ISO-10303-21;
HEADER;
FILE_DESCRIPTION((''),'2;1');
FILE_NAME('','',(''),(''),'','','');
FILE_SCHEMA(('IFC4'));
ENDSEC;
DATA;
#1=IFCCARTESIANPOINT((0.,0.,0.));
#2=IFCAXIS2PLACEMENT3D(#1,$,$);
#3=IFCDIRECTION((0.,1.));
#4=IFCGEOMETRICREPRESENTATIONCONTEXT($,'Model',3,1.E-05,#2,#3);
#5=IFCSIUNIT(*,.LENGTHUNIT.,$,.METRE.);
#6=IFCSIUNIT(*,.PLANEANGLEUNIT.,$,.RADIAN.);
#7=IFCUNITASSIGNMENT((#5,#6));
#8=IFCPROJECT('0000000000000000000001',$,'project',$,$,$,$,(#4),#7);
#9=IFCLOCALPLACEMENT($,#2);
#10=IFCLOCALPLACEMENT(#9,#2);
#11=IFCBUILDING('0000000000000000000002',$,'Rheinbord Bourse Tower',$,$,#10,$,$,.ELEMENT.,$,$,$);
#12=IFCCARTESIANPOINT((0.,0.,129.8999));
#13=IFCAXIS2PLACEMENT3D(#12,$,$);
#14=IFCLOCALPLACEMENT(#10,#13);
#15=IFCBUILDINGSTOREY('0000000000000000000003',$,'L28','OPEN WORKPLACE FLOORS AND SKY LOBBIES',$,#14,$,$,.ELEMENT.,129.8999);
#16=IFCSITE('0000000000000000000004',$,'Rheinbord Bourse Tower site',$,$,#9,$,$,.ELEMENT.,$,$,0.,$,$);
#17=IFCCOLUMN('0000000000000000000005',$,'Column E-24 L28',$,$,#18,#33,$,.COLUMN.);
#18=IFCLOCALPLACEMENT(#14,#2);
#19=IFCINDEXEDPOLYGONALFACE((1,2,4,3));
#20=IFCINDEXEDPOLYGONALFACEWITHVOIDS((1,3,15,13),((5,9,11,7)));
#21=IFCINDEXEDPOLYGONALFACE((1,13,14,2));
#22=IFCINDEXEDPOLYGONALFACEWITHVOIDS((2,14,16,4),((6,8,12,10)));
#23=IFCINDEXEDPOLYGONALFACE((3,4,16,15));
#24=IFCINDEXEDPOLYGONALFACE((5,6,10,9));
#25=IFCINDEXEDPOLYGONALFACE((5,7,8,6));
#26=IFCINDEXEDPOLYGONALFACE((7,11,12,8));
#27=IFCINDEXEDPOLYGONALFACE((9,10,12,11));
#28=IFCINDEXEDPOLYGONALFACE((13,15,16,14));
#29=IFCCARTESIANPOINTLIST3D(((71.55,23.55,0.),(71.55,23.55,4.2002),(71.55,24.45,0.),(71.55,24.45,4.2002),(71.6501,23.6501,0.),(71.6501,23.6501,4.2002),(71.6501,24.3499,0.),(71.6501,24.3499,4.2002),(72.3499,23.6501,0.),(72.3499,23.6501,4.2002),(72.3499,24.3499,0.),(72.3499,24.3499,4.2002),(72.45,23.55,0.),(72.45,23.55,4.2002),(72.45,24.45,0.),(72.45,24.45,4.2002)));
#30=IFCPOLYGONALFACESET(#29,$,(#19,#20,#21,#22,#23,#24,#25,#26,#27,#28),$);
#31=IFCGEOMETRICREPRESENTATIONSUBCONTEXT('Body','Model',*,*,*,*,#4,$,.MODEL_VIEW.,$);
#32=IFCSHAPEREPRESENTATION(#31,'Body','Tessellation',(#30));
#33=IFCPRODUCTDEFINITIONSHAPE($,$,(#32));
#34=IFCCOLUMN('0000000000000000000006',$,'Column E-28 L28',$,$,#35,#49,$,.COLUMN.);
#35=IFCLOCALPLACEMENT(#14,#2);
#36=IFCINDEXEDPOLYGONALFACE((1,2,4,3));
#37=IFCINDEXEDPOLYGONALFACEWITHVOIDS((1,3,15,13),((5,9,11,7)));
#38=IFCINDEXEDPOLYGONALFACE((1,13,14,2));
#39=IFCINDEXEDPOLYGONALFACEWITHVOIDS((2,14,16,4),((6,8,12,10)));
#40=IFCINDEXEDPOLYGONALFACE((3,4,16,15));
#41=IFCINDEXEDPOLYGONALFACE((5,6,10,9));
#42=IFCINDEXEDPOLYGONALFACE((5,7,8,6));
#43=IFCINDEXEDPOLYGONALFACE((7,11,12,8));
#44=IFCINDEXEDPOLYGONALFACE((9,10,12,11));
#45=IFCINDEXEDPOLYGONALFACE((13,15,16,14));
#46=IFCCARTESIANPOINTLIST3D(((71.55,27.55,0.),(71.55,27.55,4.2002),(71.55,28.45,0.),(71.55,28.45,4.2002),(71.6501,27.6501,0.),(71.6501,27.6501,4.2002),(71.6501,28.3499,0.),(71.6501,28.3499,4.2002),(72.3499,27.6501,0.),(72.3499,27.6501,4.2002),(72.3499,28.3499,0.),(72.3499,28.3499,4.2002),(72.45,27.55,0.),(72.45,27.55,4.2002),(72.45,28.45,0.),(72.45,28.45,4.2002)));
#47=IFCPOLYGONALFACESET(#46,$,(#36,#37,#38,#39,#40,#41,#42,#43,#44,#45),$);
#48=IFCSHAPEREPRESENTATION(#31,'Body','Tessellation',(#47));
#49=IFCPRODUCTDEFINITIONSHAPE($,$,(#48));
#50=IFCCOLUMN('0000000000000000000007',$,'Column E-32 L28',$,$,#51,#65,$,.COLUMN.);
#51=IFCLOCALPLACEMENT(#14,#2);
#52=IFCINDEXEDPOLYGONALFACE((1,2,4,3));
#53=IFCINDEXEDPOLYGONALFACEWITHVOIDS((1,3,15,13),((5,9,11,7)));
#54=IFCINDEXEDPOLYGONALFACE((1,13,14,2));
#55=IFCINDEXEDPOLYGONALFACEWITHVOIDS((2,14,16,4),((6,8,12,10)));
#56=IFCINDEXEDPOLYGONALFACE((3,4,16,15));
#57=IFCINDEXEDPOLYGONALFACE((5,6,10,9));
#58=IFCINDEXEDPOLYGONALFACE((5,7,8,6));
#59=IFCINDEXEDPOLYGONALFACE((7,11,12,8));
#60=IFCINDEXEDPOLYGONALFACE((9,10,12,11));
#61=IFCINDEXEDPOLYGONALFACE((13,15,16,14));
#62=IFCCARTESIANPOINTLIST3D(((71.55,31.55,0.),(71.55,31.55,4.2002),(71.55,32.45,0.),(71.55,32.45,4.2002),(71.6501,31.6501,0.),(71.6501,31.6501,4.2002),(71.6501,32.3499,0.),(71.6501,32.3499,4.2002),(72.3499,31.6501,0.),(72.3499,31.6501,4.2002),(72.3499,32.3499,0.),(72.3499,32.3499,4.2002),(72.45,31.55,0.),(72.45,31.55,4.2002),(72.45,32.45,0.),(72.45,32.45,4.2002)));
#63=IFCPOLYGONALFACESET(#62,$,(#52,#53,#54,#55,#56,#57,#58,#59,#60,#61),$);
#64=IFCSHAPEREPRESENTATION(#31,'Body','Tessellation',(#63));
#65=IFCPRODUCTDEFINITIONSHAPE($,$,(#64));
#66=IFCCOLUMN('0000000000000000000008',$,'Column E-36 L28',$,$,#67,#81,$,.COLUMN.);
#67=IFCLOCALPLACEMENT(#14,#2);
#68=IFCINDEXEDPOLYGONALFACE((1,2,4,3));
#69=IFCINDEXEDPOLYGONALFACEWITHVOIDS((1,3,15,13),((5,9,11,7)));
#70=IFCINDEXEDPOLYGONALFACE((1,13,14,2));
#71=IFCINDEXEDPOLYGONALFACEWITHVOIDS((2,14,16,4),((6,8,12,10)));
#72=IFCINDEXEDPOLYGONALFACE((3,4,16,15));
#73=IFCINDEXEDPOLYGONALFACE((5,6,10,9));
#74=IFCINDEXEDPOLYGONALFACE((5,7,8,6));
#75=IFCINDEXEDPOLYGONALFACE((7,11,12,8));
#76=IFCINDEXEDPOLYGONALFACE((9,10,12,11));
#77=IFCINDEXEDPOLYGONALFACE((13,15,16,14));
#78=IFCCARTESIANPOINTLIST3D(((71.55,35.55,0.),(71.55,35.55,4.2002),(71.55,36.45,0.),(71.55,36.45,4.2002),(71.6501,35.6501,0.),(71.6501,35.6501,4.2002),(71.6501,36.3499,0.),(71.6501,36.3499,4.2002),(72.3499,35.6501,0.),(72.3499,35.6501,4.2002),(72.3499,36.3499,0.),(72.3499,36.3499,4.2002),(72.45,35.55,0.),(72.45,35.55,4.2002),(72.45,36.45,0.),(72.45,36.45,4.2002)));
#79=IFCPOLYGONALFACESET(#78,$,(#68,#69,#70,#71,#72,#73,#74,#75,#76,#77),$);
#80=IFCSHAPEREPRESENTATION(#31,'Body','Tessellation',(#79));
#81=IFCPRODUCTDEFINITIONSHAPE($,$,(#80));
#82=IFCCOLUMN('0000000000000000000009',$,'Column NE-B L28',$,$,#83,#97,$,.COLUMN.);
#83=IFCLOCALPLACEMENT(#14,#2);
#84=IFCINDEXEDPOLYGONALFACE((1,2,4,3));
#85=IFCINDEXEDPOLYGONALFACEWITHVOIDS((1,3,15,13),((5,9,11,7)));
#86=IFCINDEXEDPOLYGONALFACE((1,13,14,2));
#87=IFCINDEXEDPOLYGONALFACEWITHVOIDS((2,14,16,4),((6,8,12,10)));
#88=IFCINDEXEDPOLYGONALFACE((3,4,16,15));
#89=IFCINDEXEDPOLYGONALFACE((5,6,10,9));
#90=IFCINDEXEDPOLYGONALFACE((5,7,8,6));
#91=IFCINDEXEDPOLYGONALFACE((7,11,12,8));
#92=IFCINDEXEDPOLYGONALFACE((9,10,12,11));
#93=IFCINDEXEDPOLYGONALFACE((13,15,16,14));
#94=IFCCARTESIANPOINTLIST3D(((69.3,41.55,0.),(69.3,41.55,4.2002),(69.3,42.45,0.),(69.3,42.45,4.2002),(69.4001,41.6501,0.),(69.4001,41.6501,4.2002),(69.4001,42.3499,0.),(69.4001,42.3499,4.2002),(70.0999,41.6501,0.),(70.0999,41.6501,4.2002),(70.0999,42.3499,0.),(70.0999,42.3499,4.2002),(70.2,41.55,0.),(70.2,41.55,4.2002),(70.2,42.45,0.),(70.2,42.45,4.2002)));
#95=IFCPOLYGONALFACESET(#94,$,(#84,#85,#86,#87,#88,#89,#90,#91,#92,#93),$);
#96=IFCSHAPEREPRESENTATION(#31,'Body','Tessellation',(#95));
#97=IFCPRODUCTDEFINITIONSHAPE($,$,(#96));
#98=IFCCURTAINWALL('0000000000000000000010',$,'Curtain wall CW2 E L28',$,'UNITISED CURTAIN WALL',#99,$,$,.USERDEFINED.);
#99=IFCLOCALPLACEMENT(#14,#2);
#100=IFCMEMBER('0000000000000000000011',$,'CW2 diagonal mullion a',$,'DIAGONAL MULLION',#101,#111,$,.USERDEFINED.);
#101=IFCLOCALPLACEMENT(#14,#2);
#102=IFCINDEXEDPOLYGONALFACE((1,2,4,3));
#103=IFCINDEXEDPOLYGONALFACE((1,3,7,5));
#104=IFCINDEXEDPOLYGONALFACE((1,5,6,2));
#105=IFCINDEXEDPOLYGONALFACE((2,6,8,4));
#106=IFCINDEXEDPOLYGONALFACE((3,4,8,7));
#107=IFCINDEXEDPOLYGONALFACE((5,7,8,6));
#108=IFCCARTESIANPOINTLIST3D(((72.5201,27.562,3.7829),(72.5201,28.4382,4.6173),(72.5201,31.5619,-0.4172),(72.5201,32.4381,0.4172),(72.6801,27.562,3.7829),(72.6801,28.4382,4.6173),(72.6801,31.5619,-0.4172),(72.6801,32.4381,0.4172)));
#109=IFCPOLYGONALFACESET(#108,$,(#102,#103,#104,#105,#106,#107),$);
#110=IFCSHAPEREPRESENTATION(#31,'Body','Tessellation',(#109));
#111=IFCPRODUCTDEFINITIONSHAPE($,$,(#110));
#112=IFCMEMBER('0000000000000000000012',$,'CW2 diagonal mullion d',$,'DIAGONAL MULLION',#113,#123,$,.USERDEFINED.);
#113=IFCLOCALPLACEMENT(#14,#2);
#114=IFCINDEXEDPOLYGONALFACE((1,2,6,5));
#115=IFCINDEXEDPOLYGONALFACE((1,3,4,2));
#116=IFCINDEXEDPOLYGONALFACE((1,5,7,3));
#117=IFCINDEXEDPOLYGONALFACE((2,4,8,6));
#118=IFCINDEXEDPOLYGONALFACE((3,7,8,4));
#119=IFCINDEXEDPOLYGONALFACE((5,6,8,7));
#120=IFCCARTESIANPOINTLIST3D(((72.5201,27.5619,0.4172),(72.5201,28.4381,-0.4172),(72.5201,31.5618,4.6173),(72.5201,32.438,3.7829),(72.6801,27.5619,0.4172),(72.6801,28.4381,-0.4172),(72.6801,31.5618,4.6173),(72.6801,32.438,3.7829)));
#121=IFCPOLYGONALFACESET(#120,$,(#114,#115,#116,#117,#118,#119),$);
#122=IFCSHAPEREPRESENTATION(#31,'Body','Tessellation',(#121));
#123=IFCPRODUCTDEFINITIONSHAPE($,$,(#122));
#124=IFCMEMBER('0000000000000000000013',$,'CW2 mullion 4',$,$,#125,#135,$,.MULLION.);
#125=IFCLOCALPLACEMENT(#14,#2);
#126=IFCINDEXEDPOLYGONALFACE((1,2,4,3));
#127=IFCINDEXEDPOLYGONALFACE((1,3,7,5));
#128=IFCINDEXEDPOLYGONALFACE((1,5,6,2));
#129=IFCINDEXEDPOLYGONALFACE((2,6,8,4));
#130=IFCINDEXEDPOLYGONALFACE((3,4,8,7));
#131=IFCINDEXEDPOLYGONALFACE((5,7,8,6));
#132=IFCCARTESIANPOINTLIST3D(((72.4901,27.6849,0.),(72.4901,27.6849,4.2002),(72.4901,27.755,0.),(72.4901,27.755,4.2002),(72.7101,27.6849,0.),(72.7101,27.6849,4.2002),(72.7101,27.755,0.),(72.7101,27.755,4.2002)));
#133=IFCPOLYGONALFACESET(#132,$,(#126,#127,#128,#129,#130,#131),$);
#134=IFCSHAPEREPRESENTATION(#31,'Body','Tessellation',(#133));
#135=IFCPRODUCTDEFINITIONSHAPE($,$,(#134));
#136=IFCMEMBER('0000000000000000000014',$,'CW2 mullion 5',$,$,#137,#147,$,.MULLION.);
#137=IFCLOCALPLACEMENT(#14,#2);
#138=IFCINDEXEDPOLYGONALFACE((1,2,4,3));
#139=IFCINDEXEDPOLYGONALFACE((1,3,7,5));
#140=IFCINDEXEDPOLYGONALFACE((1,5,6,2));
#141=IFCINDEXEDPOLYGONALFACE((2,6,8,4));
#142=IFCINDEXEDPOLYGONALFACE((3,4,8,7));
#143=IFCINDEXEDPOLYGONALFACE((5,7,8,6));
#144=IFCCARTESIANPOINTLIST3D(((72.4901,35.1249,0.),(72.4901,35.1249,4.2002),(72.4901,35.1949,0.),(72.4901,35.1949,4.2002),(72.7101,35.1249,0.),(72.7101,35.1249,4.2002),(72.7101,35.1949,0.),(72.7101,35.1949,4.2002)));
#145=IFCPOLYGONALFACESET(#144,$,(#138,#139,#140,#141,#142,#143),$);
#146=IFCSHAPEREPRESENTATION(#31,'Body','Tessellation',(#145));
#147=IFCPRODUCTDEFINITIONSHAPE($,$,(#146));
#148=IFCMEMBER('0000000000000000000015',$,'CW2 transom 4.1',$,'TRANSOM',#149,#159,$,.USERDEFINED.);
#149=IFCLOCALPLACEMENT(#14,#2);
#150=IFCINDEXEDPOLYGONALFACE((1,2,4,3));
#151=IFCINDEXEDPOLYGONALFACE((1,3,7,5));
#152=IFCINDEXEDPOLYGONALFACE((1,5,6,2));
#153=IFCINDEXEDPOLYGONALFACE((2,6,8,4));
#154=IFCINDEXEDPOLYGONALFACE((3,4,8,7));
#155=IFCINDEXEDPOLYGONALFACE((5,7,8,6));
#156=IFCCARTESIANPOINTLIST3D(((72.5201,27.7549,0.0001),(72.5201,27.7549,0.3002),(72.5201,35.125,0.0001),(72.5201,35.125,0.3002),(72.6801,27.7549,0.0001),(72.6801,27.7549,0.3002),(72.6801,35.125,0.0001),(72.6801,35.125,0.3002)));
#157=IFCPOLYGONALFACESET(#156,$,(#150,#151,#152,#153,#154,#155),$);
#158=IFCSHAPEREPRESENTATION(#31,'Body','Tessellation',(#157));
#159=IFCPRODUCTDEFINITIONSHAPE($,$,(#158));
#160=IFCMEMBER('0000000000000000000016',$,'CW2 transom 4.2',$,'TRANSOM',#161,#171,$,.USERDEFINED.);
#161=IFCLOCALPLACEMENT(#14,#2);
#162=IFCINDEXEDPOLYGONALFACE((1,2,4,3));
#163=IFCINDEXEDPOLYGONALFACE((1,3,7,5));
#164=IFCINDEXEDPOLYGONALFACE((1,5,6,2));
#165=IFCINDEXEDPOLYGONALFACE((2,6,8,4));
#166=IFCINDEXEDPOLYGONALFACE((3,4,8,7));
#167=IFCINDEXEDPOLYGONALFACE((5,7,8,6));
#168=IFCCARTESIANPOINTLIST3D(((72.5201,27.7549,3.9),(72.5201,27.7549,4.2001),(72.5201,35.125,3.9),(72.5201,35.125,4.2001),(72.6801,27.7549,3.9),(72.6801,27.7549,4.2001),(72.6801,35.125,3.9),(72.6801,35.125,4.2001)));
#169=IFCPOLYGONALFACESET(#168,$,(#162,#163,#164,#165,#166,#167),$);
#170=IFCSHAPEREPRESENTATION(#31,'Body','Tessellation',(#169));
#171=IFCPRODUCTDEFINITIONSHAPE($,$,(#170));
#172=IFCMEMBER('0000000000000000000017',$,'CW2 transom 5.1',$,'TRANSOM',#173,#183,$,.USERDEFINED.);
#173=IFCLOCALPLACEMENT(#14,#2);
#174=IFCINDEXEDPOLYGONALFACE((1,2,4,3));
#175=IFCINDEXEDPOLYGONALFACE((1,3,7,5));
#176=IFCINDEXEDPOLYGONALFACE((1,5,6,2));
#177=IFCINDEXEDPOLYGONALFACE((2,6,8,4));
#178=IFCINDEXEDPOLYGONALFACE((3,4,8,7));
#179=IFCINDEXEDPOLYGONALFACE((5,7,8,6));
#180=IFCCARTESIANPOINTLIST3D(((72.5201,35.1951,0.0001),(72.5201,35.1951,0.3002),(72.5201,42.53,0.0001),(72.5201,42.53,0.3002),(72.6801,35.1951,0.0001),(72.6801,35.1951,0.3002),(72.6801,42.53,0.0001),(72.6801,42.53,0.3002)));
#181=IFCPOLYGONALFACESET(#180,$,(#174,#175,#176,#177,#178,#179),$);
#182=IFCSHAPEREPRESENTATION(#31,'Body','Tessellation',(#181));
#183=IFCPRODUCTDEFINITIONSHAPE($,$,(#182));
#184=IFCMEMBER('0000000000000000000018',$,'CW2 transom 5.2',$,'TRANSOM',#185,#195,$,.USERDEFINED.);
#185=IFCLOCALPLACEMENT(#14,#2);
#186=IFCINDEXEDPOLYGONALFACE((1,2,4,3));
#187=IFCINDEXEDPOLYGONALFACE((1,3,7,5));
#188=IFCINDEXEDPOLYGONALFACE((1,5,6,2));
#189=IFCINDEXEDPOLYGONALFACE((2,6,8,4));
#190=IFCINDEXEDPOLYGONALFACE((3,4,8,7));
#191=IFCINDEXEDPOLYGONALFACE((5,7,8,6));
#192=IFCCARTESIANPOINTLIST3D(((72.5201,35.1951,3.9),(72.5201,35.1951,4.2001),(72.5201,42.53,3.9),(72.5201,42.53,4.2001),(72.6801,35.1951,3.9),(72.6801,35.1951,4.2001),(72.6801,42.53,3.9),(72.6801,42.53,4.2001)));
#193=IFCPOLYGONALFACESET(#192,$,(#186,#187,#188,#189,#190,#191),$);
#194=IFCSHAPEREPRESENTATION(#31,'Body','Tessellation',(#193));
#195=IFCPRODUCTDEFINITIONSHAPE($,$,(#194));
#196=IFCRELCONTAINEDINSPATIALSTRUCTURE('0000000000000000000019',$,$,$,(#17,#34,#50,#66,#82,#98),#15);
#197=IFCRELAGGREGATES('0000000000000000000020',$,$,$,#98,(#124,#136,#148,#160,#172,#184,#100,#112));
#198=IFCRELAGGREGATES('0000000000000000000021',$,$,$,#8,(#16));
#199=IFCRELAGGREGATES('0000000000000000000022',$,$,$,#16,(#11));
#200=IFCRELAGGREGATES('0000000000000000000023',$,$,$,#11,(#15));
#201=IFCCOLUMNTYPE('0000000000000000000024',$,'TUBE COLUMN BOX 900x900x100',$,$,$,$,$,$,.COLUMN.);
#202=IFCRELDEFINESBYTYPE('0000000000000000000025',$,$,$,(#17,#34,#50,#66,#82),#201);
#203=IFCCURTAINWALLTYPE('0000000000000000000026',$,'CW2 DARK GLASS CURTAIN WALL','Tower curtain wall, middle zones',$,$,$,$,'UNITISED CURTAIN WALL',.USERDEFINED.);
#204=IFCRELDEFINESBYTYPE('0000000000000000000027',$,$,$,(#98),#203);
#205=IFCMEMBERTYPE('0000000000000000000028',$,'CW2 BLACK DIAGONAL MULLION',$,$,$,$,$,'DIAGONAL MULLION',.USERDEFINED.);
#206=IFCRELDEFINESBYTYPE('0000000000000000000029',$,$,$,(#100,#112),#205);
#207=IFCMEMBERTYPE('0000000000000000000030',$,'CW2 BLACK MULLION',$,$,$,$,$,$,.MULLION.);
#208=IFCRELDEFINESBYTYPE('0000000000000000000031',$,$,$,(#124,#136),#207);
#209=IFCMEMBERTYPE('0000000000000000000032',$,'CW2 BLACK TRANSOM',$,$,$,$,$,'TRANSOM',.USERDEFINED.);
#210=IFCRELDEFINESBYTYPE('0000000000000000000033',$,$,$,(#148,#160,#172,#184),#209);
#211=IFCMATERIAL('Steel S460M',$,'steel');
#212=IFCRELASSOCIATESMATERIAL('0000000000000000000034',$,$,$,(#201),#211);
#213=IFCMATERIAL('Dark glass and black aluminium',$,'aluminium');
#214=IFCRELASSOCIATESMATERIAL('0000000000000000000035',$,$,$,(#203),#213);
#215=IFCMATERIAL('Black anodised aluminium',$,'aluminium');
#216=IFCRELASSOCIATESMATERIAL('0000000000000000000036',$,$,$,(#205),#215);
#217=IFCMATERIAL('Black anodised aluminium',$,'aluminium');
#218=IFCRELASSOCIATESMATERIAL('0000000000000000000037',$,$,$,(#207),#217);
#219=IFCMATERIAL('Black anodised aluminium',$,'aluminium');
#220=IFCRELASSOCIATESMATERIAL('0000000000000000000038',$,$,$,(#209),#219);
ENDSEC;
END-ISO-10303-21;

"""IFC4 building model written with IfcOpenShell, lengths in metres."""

from ifc_helpers import new_model, si_unit, direction, frame, origin, origin_2d, place, context, subcontext, project, spatial, rectangle, hollow_rectangle, extrude, material, material_profile, profile_set, type_object, element, aggregate, save


model = new_model("IFC4")

# Units and contexts
model_context = context("Model", 3, precision=1e-05, world=origin(), true_north=direction((0.0, 1.0)))
body_context = subcontext(model_context, "Body", "Model", "MODEL_VIEW")
ifc_project = project(units=[si_unit("LENGTHUNIT", "METRE"), si_unit("PLANEANGLEUNIT", "RADIAN")], contexts=[model_context])

# Site, building, storey
site_placement = place(None, origin())
site = spatial("IfcSite", under=ifc_project, at=site_placement, Name="Rheinbord Bourse Tower site", CompositionType="ELEMENT", RefElevation=0.0)
building_placement = place(site_placement, origin())
building = spatial("IfcBuilding", under=site, at=building_placement, Name="Rheinbord Bourse Tower", CompositionType="ELEMENT")
storey_placement = place(building_placement, frame((0.0, 0.0, 129.8999)))
storey = spatial("IfcBuildingStorey", under=building, at=storey_placement, Name="L28", Description="OPEN WORKPLACE FLOORS AND SKY LOBBIES", CompositionType="ELEMENT", Elevation=129.8999)

# Columns
ifc_material_1 = material(Name="Steel S460M", Category="steel")
ifc_material_profile_1 = material_profile(ifc_material_1, hollow_rectangle(XDim=0.8999, YDim=0.8999, WallThickness=0.1001, at=origin_2d()), Name="BOX 900x900x100")
ifc_profile_set_1 = profile_set([ifc_material_profile_1], Name="Steel S460M")
column_type = type_object("IfcColumnType", Name="TUBE COLUMN BOX 900x900x100", PredefinedType="COLUMN", material=ifc_profile_set_1)
for number, where, z_axis, x_axis, name in (
    (1, (72.0, 24.0, 0.0), (0.0, 0.0, 1.0), (1.0, 0.0, 0.0), "Column E-24 L28"),
    (2, (72.0, 28.0, 0.0), (0.0, 0.0, 1.0), (1.0, 0.0, 0.0), "Column E-28 L28"),
    (3, (72.0, 32.0, 0.0), (0.0, 0.0, 1.0), (1.0, 0.0, 0.0), "Column E-32 L28"),
    (4, (72.0, 36.0, 0.0), (0.0, 0.0, 1.0), (1.0, 0.0, 0.0), "Column E-36 L28"),
    (5, (69.75, 42.0, 0.0), (0.0, 0.0, 1.0), (1.0, 0.0, 0.0), "Column NE-B L28"),
):
    element("IfcColumn", number, at=place(storey_placement, frame(where, z_axis=z_axis, x_axis=x_axis)), inside=storey, type_object=column_type, Name=name, PredefinedType="COLUMN", context=body_context, shape_type="SweptSolid", body=[
        extrude(hollow_rectangle(XDim=0.8999, YDim=0.8999, WallThickness=0.1001, at=origin_2d()), origin(), (0.0, 0.0, 1.0), 4.2002),
    ])

# Curtain wall, members
ifc_material_2 = material(Name="Dark glass and black aluminium", Category="aluminium")
curtain_wall_type = type_object("IfcCurtainWallType", Name="CW2 DARK GLASS CURTAIN WALL", Description="Tower curtain wall, middle zones", ElementType="UNITISED CURTAIN WALL", PredefinedType="USERDEFINED", material=ifc_material_2)
curtain_wall_placement = place(storey_placement, origin())
curtain_wall = element("IfcCurtainWall", 6, at=curtain_wall_placement, inside=storey, type_object=curtain_wall_type, Name="Curtain wall CW2 E L28", ObjectType="UNITISED CURTAIN WALL", PredefinedType="USERDEFINED")
ifc_material_3 = material(Name="Black anodised aluminium", Category="aluminium")
ifc_material_profile_2 = material_profile(ifc_material_3, rectangle(XDim=0.1599, YDim=1.21, at=origin_2d()), Name="CW2 DIAGONAL MULLION 1210x160")
ifc_profile_set_2 = profile_set([ifc_material_profile_2], Name="Black anodised aluminium")
member_type_1 = type_object("IfcMemberType", Name="CW2 BLACK DIAGONAL MULLION", ElementType="DIAGONAL MULLION", PredefinedType="USERDEFINED", material=ifc_profile_set_2)
member_1_placement = place(storey_placement, frame((72.6001, 32.0, 0.0), z_axis=(0.0, -0.689638, 0.724154), x_axis=(1.0, 0.0, 0.0)))
member_1 = element("IfcMember", 7, at=member_1_placement, type_object=member_type_1, Name="CW2 diagonal mullion a", ObjectType="DIAGONAL MULLION", PredefinedType="USERDEFINED", context=body_context, shape_type="SweptSolid", body=[
    extrude(rectangle(XDim=0.1599, YDim=1.21, at=origin_2d()), origin(), (0.0, 0.0, 1.0), 5.8),
])
member_2_placement = place(storey_placement, frame((72.6001, 28.0, 0.0), z_axis=(0.0, 0.689638, 0.724154), x_axis=(-1.0, 0.0, 0.0)))
member_2 = element("IfcMember", 8, at=member_2_placement, type_object=member_type_1, Name="CW2 diagonal mullion d", ObjectType="DIAGONAL MULLION", PredefinedType="USERDEFINED", context=body_context, shape_type="SweptSolid", body=[
    extrude(rectangle(XDim=0.1599, YDim=1.21, at=origin_2d()), origin(), (0.0, 0.0, 1.0), 5.8),
])
ifc_material_4 = material(Name="Black anodised aluminium", Category="aluminium")
ifc_material_profile_3 = material_profile(ifc_material_4, rectangle(XDim=0.22, YDim=0.0701, at=origin_2d()), Name="CW2 MULLION 70x220")
ifc_profile_set_3 = profile_set([ifc_material_profile_3], Name="Black anodised aluminium")
member_type_2 = type_object("IfcMemberType", Name="CW2 BLACK MULLION", PredefinedType="MULLION", material=ifc_profile_set_3)
member_3_placement = place(storey_placement, frame((72.6001, 27.72, 0.0), z_axis=(0.0, 0.0, 1.0), x_axis=(-1.0, 0.0, 0.0)))
member_3 = element("IfcMember", 9, at=member_3_placement, type_object=member_type_2, Name="CW2 mullion 4", PredefinedType="MULLION", context=body_context, shape_type="SweptSolid", body=[
    extrude(rectangle(XDim=0.22, YDim=0.0701, at=origin_2d()), origin(), (0.0, 0.0, 1.0), 4.2002),
])
member_4_placement = place(storey_placement, frame((72.6001, 35.1599, 0.0), z_axis=(0.0, 0.0, 1.0), x_axis=(-1.0, 0.0, 0.0)))
member_4 = element("IfcMember", 10, at=member_4_placement, type_object=member_type_2, Name="CW2 mullion 5", PredefinedType="MULLION", context=body_context, shape_type="SweptSolid", body=[
    extrude(rectangle(XDim=0.22, YDim=0.0701, at=origin_2d()), origin(), (0.0, 0.0, 1.0), 4.2002),
])
ifc_material_5 = material(Name="Black anodised aluminium", Category="aluminium")
ifc_material_profile_4 = material_profile(ifc_material_5, rectangle(XDim=0.1599, YDim=0.3, at=origin_2d()), Name="CW2 TRANSOM 300x160")
ifc_profile_set_4 = profile_set([ifc_material_profile_4], Name="Black anodised aluminium")
member_type_3 = type_object("IfcMemberType", Name="CW2 BLACK TRANSOM", ElementType="TRANSOM", PredefinedType="USERDEFINED", material=ifc_profile_set_4)
member_5_placement = place(storey_placement, frame((72.6001, 27.7549, 0.1501), z_axis=(0.0, 1.0, 0.0), x_axis=(-1.0, 0.0, 0.0)))
member_5 = element("IfcMember", 11, at=member_5_placement, type_object=member_type_3, Name="CW2 transom 4.1", ObjectType="TRANSOM", PredefinedType="USERDEFINED", context=body_context, shape_type="SweptSolid", body=[
    extrude(rectangle(XDim=0.1599, YDim=0.3, at=origin_2d()), origin(), (0.0, 0.0, 1.0), 7.3701),
])
member_6_placement = place(storey_placement, frame((72.6001, 27.7549, 4.05), z_axis=(0.0, 1.0, 0.0), x_axis=(-1.0, 0.0, 0.0)))
member_6 = element("IfcMember", 12, at=member_6_placement, type_object=member_type_3, Name="CW2 transom 4.2", ObjectType="TRANSOM", PredefinedType="USERDEFINED", context=body_context, shape_type="SweptSolid", body=[
    extrude(rectangle(XDim=0.1599, YDim=0.3, at=origin_2d()), origin(), (0.0, 0.0, 1.0), 7.3701),
])
member_7_placement = place(storey_placement, frame((72.6001, 35.1951, 0.1501), z_axis=(0.0, 1.0, 0.0), x_axis=(-1.0, 0.0, 0.0)))
member_7 = element("IfcMember", 13, at=member_7_placement, type_object=member_type_3, Name="CW2 transom 5.1", ObjectType="TRANSOM", PredefinedType="USERDEFINED", context=body_context, shape_type="SweptSolid", body=[
    extrude(rectangle(XDim=0.1599, YDim=0.3, at=origin_2d()), origin(), (0.0, 0.0, 1.0), 7.335),
])
member_8_placement = place(storey_placement, frame((72.6001, 35.1951, 4.05), z_axis=(0.0, 1.0, 0.0), x_axis=(-1.0, 0.0, 0.0)))
member_8 = element("IfcMember", 14, at=member_8_placement, type_object=member_type_3, Name="CW2 transom 5.2", ObjectType="TRANSOM", PredefinedType="USERDEFINED", context=body_context, shape_type="SweptSolid", body=[
    extrude(rectangle(XDim=0.1599, YDim=0.3, at=origin_2d()), origin(), (0.0, 0.0, 1.0), 7.335),
])

aggregate(curtain_wall, [member_3, member_4, member_5, member_6, member_7, member_8, member_1, member_2])

save(model, "model.ifc")
